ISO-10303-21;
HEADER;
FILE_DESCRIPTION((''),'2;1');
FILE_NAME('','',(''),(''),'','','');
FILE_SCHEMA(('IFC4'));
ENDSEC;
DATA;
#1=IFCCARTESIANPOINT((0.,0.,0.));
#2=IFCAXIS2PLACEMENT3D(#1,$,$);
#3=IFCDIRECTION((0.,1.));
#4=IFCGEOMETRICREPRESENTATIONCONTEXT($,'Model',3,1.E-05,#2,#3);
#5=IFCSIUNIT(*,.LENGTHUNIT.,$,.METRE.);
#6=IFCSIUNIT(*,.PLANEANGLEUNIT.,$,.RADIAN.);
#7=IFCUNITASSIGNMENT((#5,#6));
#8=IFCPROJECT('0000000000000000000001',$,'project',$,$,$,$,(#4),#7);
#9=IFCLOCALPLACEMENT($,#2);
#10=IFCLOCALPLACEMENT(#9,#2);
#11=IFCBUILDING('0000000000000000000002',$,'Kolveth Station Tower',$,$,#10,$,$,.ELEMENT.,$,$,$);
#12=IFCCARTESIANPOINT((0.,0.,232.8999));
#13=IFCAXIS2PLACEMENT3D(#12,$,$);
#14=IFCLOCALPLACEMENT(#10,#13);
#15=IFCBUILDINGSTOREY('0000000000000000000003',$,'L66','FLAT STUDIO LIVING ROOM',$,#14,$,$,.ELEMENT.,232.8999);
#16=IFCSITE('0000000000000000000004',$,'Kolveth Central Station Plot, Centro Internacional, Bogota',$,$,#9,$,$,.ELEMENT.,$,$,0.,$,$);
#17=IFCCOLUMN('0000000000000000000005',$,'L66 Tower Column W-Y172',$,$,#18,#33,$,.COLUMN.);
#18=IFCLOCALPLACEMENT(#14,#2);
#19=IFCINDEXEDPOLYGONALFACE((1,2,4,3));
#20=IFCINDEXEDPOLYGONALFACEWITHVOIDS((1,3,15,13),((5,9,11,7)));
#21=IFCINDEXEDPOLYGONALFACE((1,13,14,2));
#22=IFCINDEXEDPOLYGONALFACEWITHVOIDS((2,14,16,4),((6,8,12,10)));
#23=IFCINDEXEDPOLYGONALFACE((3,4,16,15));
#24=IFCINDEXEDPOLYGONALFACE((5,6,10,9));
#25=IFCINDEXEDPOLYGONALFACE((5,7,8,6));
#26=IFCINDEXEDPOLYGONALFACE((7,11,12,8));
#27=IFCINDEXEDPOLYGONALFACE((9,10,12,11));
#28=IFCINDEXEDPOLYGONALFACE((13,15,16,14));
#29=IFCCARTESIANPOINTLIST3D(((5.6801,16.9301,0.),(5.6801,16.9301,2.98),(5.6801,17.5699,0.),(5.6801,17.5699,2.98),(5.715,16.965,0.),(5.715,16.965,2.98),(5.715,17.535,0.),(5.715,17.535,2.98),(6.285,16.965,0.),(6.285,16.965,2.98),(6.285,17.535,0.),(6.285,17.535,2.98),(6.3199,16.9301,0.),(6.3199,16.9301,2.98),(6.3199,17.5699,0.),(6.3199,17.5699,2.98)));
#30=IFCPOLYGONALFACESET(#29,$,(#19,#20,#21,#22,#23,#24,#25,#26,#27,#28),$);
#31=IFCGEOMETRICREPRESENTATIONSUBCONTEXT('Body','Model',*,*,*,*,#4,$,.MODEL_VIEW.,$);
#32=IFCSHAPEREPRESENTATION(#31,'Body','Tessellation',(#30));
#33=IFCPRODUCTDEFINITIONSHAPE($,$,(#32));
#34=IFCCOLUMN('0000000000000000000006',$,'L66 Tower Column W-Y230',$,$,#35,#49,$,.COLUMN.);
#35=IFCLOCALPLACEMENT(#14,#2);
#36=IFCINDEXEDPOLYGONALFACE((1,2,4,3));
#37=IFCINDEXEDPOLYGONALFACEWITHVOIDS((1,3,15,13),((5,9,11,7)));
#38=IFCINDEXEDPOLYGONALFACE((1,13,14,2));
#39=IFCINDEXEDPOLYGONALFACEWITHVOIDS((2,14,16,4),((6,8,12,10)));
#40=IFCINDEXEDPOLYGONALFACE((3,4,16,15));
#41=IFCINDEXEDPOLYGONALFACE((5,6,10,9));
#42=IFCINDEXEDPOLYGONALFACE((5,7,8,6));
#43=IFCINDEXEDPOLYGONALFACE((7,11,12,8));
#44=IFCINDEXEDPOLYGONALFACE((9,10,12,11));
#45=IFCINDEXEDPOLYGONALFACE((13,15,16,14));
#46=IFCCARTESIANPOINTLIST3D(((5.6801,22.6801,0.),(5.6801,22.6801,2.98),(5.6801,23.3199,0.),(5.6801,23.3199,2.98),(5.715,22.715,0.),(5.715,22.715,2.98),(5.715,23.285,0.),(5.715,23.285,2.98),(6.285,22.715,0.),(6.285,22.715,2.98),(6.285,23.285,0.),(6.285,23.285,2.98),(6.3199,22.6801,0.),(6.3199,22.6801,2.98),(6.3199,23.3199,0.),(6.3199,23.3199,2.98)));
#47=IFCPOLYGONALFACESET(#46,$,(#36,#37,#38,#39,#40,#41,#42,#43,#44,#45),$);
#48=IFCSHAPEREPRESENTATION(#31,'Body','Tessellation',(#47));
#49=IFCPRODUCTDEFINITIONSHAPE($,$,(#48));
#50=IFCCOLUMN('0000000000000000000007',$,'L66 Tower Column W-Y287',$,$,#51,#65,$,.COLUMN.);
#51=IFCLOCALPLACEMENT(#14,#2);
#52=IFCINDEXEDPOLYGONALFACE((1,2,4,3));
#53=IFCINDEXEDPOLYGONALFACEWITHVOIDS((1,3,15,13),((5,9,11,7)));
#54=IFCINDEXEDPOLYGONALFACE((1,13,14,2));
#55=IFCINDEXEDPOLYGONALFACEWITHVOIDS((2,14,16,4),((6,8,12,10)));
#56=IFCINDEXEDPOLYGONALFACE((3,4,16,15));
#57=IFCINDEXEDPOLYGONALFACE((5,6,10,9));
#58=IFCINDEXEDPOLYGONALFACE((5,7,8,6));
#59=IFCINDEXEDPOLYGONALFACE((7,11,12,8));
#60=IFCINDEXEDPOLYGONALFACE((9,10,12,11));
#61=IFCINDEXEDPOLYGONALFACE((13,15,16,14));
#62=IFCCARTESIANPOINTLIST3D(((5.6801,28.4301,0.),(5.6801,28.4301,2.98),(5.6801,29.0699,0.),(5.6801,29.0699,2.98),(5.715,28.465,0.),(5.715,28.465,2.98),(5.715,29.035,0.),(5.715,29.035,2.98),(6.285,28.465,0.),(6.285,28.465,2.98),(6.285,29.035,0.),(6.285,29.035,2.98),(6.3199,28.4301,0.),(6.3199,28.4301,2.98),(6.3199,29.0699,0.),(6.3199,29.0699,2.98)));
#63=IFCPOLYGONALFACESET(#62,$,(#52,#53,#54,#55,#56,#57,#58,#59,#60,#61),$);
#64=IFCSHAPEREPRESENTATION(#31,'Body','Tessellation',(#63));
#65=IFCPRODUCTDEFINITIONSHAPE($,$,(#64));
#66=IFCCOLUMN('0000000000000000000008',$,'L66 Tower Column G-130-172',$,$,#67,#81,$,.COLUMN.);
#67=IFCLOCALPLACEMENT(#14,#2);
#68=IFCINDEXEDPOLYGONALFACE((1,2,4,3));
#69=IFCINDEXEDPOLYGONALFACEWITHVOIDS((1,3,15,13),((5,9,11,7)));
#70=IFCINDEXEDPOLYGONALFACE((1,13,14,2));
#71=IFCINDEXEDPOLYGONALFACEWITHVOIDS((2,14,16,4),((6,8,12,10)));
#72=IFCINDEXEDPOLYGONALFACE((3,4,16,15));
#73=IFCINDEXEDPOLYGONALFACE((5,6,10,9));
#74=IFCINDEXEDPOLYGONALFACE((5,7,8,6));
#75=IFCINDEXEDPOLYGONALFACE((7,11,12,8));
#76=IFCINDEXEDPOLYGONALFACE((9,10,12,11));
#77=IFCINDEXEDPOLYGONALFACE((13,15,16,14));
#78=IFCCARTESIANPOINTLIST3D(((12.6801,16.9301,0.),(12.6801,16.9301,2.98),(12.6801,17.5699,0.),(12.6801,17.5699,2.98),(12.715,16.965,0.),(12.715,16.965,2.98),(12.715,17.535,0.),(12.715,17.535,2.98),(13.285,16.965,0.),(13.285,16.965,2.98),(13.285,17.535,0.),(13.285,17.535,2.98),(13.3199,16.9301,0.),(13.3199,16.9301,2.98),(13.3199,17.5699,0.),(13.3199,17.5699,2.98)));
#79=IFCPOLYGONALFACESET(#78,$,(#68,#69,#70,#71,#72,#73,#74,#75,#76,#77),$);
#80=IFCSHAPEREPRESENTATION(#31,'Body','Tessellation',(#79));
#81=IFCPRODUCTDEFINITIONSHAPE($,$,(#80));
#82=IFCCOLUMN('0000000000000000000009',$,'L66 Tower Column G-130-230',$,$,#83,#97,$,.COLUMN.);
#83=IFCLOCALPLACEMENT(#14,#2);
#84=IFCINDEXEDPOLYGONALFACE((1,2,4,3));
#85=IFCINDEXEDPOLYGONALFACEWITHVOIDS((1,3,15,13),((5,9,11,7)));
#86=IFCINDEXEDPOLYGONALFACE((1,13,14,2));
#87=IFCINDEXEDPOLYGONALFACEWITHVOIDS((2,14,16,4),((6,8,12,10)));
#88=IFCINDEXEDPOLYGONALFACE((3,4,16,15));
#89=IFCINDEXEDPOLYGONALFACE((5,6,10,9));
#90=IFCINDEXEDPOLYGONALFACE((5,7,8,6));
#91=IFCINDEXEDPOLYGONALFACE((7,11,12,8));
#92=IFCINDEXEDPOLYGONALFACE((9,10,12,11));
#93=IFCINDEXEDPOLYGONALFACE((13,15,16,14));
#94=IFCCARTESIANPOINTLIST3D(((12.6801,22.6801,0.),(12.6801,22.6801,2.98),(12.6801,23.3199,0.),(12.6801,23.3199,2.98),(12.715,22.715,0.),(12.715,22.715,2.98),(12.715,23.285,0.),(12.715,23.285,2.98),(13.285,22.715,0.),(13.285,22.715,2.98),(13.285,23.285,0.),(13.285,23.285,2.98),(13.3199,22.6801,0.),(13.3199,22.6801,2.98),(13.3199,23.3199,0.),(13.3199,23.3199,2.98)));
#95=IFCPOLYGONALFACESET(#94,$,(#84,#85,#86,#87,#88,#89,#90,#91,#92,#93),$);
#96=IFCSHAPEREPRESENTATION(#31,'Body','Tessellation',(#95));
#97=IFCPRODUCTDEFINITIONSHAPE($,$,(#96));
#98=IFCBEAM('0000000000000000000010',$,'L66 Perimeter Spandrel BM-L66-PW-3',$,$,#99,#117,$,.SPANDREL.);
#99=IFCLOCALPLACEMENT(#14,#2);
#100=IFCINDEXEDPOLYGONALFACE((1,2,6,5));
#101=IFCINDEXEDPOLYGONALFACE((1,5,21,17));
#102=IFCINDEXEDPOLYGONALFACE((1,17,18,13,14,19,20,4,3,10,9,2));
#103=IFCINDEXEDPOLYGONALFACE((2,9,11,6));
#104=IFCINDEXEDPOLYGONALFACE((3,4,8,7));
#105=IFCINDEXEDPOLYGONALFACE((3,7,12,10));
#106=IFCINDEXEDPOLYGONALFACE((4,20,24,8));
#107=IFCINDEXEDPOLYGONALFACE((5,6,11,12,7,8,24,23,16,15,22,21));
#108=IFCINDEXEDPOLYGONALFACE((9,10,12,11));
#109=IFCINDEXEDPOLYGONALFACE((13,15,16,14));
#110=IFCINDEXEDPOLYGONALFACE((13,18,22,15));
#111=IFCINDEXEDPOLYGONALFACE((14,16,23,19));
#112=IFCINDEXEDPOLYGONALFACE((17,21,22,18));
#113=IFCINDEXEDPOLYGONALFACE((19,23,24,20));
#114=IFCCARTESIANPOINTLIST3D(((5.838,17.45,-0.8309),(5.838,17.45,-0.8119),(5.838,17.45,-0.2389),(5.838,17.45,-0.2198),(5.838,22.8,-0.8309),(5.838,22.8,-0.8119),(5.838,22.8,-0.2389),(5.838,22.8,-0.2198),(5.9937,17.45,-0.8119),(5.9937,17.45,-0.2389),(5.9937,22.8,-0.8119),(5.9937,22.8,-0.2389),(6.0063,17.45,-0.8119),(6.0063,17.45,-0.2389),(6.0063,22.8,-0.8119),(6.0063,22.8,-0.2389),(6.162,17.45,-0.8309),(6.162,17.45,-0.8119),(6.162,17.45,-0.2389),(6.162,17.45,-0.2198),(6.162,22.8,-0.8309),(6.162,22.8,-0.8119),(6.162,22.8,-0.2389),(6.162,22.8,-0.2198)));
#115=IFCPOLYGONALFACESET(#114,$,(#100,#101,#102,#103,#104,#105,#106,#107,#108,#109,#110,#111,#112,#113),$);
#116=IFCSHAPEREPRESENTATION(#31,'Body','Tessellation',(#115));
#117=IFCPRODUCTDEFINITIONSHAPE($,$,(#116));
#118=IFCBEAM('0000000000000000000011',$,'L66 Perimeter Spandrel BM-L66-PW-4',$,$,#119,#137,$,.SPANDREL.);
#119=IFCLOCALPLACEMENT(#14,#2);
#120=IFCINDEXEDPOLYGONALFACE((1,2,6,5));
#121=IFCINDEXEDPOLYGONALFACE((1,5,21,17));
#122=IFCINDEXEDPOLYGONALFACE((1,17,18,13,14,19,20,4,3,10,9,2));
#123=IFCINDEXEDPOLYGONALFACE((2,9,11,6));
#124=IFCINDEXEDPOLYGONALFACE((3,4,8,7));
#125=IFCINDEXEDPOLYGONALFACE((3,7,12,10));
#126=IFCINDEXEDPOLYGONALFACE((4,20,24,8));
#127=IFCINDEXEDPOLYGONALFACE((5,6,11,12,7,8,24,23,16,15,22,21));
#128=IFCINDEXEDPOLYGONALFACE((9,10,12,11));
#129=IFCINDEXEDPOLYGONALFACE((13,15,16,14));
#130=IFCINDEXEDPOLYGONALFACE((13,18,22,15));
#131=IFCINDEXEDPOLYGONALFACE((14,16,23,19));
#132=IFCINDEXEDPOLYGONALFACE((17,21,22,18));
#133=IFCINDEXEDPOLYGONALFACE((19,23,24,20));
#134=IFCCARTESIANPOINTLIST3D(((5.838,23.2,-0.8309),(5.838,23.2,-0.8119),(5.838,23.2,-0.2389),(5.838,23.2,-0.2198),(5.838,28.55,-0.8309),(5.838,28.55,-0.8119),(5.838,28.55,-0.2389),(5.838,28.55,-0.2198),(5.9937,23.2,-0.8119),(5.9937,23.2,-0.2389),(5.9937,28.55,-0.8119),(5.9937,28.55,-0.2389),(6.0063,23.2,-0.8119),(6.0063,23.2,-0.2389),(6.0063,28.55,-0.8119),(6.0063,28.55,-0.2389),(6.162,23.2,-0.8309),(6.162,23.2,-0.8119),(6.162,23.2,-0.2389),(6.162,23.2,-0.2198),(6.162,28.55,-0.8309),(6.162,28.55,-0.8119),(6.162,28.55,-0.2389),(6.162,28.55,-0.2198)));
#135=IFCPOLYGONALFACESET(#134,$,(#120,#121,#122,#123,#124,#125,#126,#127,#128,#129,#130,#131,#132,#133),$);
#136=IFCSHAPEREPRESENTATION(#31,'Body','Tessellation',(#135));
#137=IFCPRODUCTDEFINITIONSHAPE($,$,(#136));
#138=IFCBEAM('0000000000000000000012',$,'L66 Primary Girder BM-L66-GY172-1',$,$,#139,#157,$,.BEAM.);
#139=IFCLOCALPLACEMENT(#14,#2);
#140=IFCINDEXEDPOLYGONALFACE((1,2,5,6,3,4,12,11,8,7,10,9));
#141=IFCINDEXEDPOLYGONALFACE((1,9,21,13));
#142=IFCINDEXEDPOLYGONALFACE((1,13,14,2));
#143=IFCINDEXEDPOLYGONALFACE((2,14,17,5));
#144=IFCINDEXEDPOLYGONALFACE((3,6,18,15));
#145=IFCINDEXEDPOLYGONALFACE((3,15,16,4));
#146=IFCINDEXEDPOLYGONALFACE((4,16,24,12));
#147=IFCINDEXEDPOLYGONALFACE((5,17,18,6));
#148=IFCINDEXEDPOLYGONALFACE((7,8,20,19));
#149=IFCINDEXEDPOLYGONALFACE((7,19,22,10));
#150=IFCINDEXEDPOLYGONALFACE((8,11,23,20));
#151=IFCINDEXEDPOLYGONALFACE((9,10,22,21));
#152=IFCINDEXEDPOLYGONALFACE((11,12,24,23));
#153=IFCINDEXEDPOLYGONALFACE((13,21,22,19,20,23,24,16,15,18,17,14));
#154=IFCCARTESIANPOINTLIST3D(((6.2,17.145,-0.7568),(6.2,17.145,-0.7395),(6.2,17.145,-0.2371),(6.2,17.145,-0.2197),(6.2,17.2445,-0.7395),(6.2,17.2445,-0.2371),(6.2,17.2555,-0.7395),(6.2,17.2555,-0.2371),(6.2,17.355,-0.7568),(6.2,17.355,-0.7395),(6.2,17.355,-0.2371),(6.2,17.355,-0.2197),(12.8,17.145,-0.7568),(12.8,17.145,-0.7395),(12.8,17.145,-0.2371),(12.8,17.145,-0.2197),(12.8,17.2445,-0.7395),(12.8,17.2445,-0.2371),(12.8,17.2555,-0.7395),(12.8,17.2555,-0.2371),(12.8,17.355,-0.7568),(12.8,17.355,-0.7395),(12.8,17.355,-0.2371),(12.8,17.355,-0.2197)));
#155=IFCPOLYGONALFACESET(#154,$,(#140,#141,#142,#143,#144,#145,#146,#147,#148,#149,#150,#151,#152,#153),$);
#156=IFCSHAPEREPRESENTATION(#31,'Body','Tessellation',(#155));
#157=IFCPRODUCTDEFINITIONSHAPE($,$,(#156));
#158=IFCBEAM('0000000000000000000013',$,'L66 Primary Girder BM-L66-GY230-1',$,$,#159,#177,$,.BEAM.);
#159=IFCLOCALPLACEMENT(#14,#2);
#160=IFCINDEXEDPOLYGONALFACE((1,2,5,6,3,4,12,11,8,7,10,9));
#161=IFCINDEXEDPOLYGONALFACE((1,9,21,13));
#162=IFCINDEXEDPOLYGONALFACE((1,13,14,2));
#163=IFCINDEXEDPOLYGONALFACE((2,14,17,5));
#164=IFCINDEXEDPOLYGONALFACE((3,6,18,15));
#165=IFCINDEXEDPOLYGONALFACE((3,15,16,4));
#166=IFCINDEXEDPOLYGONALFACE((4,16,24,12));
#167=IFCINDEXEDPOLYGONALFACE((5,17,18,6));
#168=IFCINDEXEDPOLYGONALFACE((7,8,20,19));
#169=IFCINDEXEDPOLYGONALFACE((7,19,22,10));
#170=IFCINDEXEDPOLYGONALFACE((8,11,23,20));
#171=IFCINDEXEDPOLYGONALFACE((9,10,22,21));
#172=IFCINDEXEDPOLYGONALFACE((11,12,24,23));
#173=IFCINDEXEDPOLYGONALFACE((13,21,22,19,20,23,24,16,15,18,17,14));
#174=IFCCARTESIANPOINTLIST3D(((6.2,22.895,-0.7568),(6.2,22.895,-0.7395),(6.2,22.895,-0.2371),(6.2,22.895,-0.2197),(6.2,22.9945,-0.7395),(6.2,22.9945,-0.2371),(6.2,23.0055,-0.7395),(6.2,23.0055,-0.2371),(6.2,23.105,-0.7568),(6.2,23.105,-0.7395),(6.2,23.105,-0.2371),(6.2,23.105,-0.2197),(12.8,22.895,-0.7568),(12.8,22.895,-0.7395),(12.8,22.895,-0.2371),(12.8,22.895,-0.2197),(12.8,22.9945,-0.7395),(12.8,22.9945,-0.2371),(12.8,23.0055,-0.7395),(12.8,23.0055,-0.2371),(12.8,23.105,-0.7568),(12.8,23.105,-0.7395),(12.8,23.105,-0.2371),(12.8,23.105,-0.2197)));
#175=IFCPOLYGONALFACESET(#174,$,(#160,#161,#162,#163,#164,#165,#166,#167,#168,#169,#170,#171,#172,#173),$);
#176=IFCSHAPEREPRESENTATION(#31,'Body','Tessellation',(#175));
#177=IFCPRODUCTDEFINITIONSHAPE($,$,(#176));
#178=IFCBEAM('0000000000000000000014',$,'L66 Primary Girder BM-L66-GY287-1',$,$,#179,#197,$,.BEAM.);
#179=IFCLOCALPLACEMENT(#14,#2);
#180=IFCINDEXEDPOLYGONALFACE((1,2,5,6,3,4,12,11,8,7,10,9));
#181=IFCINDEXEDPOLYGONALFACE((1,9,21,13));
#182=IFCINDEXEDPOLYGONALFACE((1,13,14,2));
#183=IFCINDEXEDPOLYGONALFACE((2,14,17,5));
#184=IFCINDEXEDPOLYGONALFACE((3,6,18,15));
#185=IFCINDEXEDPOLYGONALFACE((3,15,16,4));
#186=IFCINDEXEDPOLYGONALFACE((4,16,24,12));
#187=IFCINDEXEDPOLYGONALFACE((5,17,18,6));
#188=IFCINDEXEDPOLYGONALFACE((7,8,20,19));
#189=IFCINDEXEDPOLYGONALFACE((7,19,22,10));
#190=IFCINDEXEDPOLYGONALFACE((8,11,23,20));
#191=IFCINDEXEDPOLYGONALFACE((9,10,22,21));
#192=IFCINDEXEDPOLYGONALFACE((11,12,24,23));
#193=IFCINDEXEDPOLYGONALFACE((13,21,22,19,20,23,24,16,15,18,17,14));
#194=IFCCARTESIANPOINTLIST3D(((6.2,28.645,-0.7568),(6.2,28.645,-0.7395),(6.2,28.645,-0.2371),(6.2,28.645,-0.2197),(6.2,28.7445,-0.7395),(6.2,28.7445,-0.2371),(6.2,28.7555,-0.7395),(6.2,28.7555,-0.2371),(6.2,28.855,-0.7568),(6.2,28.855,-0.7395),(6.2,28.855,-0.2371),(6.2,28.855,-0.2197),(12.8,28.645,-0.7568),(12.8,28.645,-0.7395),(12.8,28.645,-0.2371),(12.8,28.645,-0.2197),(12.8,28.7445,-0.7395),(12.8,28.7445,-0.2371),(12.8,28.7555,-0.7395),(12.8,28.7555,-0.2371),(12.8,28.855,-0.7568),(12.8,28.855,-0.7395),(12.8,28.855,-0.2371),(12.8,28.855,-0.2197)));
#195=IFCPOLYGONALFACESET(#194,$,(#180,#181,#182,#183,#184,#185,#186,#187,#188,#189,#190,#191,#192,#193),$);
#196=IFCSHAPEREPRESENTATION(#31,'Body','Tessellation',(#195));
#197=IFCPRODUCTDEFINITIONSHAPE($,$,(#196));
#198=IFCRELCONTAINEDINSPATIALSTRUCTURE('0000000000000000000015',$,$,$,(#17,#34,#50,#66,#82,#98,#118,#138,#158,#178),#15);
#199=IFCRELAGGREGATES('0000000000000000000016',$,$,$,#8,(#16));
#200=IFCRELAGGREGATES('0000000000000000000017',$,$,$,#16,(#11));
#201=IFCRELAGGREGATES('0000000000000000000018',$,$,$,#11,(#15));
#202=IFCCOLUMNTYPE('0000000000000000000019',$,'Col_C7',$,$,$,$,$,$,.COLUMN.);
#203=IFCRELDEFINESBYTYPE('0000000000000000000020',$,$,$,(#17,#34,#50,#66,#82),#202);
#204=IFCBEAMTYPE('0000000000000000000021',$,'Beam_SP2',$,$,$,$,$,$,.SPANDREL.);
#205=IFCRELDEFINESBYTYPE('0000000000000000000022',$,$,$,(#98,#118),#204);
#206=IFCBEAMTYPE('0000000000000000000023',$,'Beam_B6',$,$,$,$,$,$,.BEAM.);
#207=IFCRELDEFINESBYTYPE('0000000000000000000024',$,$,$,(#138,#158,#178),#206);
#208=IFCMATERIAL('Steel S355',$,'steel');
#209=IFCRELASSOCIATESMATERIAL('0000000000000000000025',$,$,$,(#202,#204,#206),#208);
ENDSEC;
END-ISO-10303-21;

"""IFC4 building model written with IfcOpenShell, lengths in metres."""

from ifc_helpers import new_model, si_unit, direction, frame, origin, origin_2d, place, context, subcontext, project, spatial, hollow_rectangle, i_section, extrude, source, transform, mapped, material, material_profile, profile_set, type_object, element, save


model = new_model("IFC4")

# Units and contexts
model_context = context("Model", 3, precision=1e-05, world=origin(), true_north=direction((0.0, 1.0)))
body_context = subcontext(model_context, "Body", "Model", "MODEL_VIEW")
ifc_project = project(units=[si_unit("LENGTHUNIT", "METRE"), si_unit("PLANEANGLEUNIT", "RADIAN")], contexts=[model_context])

# Site, building, storey
site_placement = place(None, origin())
site = spatial("IfcSite", under=ifc_project, at=site_placement, Name="Kolveth Central Station Plot, Centro Internacional, Bogota", CompositionType="ELEMENT", RefElevation=0.0)
building_placement = place(site_placement, origin())
building = spatial("IfcBuilding", under=site, at=building_placement, Name="Kolveth Station Tower", CompositionType="ELEMENT")
storey_placement = place(building_placement, frame((0.0, 0.0, 232.8999)))
storey = spatial("IfcBuildingStorey", under=building, at=storey_placement, Name="L66", Description="FLAT STUDIO LIVING ROOM", CompositionType="ELEMENT", Elevation=232.8999)

# Columns
ifc_material_1 = material(Name="Steel S355", Category="steel")
ifc_material_profile_1 = material_profile(ifc_material_1, hollow_rectangle(XDim=0.6399, YDim=0.6399, WallThickness=0.0349, at=origin_2d()), Name="BOX640x640x35")
ifc_profile_set_1 = profile_set([ifc_material_profile_1], Name="Steel S355")
column_type = type_object("IfcColumnType", Name="Col_C7", PredefinedType="COLUMN", material=ifc_profile_set_1)
shared_shape_1 = source(origin(), body_context, "Body", "SweptSolid", [
    extrude(hollow_rectangle(XDim=0.6399, YDim=0.6399, WallThickness=0.0349, at=origin_2d()), origin(), (0.0, 0.0, 1.0), 2.98),
])
for number, where, z_axis, x_axis, name in (
    (1, (6.0, 17.25, 0.0), (0.0, 0.0, 1.0), (1.0, 0.0, 0.0), "L66 Tower Column W-Y172"),
    (2, (6.0, 23.0, 0.0), (0.0, 0.0, 1.0), (1.0, 0.0, 0.0), "L66 Tower Column W-Y230"),
    (3, (6.0, 28.75, 0.0), (0.0, 0.0, 1.0), (1.0, 0.0, 0.0), "L66 Tower Column W-Y287"),
    (4, (13.0, 17.25, 0.0), (0.0, 0.0, 1.0), (1.0, 0.0, 0.0), "L66 Tower Column G-130-172"),
    (5, (13.0, 23.0, 0.0), (0.0, 0.0, 1.0), (1.0, 0.0, 0.0), "L66 Tower Column G-130-230"),
):
    element("IfcColumn", number, at=place(storey_placement, frame(where, z_axis=z_axis, x_axis=x_axis)), inside=storey, type_object=column_type, Name=name, PredefinedType="COLUMN", context=body_context, shape_type="MappedRepresentation", body=[
        mapped(shared_shape_1, transform((0.0, 0.0, 0.0), x_axis=(1.0, 0.0, 0.0), y_axis=(0.0, 1.0, 0.0), z_axis=(0.0, 0.0, 1.0), scale=1.0)),
    ])

# Beams
ifc_material_profile_2 = material_profile(ifc_material_1, i_section(OverallWidth=0.324, OverallDepth=0.6111, WebThickness=0.0127, FlangeThickness=0.019, at=origin_2d()), Name="W610x155")
ifc_profile_set_2 = profile_set([ifc_material_profile_2], Name="Steel S355")
beam_type_1 = type_object("IfcBeamType", Name="Beam_SP2", PredefinedType="SPANDREL", material=ifc_profile_set_2)
shared_shape_2 = source(origin(), body_context, "Body", "SweptSolid", [
    extrude(i_section(OverallWidth=0.324, OverallDepth=0.6111, WebThickness=0.0127, FlangeThickness=0.019, at=origin_2d()), origin(), (0.0, 0.0, 1.0), 5.3501),
])
for number, where, z_axis, x_axis, name in (
    (6, (6.0, 17.45, -0.5254), (0.0, 1.0, 0.0), (-1.0, 0.0, 0.0), "L66 Perimeter Spandrel BM-L66-PW-3"),
    (7, (6.0, 23.2, -0.5254), (0.0, 1.0, 0.0), (-1.0, 0.0, 0.0), "L66 Perimeter Spandrel BM-L66-PW-4"),
):
    element("IfcBeam", number, at=place(storey_placement, frame(where, z_axis=z_axis, x_axis=x_axis)), inside=storey, type_object=beam_type_1, Name=name, PredefinedType="SPANDREL", context=body_context, shape_type="MappedRepresentation", body=[
        mapped(shared_shape_2, transform((0.0, 0.0, 0.0), x_axis=(1.0, 0.0, 0.0), y_axis=(0.0, 1.0, 0.0), z_axis=(0.0, 0.0, 1.0), scale=1.0)),
    ])
ifc_material_profile_3 = material_profile(ifc_material_1, i_section(OverallWidth=0.21, OverallDepth=0.5371, WebThickness=0.011, FlangeThickness=0.0173, at=origin_2d()), Name="W530x101")
ifc_profile_set_3 = profile_set([ifc_material_profile_3], Name="Steel S355")
beam_type_2 = type_object("IfcBeamType", Name="Beam_B6", PredefinedType="BEAM", material=ifc_profile_set_3)
shared_shape_3 = source(origin(), body_context, "Body", "SweptSolid", [
    extrude(i_section(OverallWidth=0.21, OverallDepth=0.5371, WebThickness=0.011, FlangeThickness=0.0173, at=origin_2d()), origin(), (0.0, 0.0, 1.0), 6.6001),
])
for number, where, z_axis, x_axis, name in (
    (8, (6.2, 17.25, -0.4883), (1.0, 0.0, 0.0), (0.0, 1.0, 0.0), "L66 Primary Girder BM-L66-GY172-1"),
    (9, (6.2, 23.0, -0.4883), (1.0, 0.0, 0.0), (0.0, 1.0, 0.0), "L66 Primary Girder BM-L66-GY230-1"),
    (10, (6.2, 28.75, -0.4883), (1.0, 0.0, 0.0), (0.0, 1.0, 0.0), "L66 Primary Girder BM-L66-GY287-1"),
):
    element("IfcBeam", number, at=place(storey_placement, frame(where, z_axis=z_axis, x_axis=x_axis)), inside=storey, type_object=beam_type_2, Name=name, PredefinedType="BEAM", context=body_context, shape_type="MappedRepresentation", body=[
        mapped(shared_shape_3, transform((0.0, 0.0, 0.0), x_axis=(1.0, 0.0, 0.0), y_axis=(0.0, 1.0, 0.0), z_axis=(0.0, 0.0, 1.0), scale=1.0)),
    ])

save(model, "model.ifc")
